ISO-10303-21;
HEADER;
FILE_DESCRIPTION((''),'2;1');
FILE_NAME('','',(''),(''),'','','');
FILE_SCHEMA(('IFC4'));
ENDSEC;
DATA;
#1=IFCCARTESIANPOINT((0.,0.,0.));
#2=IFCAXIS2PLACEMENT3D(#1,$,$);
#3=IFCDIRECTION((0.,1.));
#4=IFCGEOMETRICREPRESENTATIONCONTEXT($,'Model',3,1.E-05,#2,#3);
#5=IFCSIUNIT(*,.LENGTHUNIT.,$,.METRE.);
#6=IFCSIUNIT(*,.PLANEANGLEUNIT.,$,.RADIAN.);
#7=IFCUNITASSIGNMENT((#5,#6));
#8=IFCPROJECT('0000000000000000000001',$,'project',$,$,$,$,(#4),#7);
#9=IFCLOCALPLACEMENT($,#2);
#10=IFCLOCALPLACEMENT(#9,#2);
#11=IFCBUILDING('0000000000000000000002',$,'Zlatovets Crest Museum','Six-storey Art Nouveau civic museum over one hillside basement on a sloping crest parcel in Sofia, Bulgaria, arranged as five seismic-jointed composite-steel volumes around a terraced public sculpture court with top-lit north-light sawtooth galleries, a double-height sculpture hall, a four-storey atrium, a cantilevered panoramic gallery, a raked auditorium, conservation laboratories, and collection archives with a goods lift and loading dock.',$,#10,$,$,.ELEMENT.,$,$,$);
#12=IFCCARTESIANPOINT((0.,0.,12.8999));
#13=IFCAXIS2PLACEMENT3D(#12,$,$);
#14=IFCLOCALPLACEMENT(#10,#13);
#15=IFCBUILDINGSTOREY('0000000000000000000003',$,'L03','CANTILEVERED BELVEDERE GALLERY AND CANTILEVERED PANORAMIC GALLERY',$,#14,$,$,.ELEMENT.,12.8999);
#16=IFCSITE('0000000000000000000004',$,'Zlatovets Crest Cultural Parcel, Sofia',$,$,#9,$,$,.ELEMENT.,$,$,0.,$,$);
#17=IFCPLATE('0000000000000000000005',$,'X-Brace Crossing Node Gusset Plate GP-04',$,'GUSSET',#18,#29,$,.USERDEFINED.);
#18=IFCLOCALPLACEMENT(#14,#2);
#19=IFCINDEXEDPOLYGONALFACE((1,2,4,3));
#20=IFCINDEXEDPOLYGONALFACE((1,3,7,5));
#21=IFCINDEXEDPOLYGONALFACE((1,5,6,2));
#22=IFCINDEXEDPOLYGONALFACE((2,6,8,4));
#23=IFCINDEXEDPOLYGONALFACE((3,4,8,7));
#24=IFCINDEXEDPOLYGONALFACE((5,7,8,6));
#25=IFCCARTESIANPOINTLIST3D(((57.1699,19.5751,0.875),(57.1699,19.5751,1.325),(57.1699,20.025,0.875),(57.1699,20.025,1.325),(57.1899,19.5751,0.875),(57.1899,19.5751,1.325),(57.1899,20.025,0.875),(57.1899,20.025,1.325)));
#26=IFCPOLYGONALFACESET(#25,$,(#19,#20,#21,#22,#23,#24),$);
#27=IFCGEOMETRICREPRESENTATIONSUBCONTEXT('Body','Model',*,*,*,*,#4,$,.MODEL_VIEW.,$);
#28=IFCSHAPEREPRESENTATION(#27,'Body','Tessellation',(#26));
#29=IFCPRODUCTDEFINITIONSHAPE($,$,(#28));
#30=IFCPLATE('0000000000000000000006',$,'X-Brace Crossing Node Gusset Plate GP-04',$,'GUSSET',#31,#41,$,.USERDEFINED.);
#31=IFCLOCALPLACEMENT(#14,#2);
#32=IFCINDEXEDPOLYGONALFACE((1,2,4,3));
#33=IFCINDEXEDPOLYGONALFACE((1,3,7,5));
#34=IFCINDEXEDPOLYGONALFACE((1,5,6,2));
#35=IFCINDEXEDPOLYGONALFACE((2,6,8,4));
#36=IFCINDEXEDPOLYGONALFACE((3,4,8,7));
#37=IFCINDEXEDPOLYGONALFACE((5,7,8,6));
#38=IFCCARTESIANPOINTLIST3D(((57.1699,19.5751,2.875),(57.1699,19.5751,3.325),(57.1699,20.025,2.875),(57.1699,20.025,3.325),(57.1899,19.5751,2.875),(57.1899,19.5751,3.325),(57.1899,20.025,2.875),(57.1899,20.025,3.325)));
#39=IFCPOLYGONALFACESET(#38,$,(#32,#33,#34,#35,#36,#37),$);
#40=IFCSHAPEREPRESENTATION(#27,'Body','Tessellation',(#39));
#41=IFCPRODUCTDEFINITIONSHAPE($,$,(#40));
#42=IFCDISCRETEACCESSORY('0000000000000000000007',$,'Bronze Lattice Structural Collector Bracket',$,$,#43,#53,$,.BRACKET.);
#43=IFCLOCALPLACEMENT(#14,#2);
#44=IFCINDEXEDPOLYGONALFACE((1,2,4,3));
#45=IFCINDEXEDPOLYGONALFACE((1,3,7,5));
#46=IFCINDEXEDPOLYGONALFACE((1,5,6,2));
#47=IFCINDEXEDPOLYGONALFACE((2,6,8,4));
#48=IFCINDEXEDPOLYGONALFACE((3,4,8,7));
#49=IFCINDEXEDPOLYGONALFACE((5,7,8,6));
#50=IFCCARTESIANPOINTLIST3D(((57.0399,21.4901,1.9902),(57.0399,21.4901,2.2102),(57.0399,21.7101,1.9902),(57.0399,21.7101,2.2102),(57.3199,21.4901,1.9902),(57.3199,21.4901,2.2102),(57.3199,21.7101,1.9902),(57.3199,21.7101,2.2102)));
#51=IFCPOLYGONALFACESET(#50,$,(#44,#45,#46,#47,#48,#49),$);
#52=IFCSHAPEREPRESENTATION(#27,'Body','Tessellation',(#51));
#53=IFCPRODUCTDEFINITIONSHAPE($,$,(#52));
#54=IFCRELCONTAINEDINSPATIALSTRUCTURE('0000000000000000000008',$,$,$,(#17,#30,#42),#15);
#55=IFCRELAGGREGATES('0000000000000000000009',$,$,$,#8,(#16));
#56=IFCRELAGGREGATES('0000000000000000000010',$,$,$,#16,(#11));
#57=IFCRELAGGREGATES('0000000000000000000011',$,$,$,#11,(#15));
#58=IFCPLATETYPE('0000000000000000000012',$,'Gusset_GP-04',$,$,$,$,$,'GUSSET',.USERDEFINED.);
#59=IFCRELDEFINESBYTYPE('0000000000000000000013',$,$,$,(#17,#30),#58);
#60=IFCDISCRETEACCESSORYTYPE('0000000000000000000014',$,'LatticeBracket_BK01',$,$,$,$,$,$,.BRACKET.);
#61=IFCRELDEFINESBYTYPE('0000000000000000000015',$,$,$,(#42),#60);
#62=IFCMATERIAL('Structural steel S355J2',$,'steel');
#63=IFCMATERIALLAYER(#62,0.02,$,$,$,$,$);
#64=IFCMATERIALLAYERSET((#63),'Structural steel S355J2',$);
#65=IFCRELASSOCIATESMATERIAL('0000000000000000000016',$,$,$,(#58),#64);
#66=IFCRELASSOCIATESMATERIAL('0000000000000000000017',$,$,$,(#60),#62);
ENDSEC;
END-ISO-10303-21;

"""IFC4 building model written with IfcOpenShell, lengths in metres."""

from ifc_helpers import new_model, si_unit, direction, frame, origin, origin_2d, place, context, subcontext, project, spatial, rectangle, extrude, material, layer, layer_set, type_object, element, save


model = new_model("IFC4")

# Units and contexts
model_context = context("Model", 3, precision=1e-05, world=origin(), true_north=direction((0.0, 1.0)))
body_context = subcontext(model_context, "Body", "Model", "MODEL_VIEW")
ifc_project = project(units=[si_unit("LENGTHUNIT", "METRE"), si_unit("PLANEANGLEUNIT", "RADIAN")], contexts=[model_context])

# Site, building, storey
site_placement = place(None, origin())
site = spatial("IfcSite", under=ifc_project, at=site_placement, Name="Zlatovets Crest Cultural Parcel, Sofia", CompositionType="ELEMENT", RefElevation=0.0)
building_placement = place(site_placement, origin())
building = spatial("IfcBuilding", under=site, at=building_placement, Name="Zlatovets Crest Museum", Description="Six-storey Art Nouveau civic museum over one hillside basement on a sloping crest parcel in Sofia, Bulgaria, arranged as five seismic-jointed composite-steel volumes around a terraced public sculpture court with top-lit north-light sawtooth galleries, a double-height sculpture hall, a four-storey atrium, a cantilevered panoramic gallery, a raked auditorium, conservation laboratories, and collection archives with a goods lift and loading dock.", CompositionType="ELEMENT")
storey_placement = place(building_placement, frame((0.0, 0.0, 12.8999)))
storey = spatial("IfcBuildingStorey", under=building, at=storey_placement, Name="L03", Description="CANTILEVERED BELVEDERE GALLERY AND CANTILEVERED PANORAMIC GALLERY", CompositionType="ELEMENT", Elevation=12.8999)

# Shared definitions
ifc_material_1 = material(Name="Structural steel S355J2", Category="steel")

# Plates
ifc_layer_1 = layer(ifc_material_1, 0.02)
ifc_layer_set_1 = layer_set([ifc_layer_1], Name="Structural steel S355J2")
plate_type_1 = type_object("IfcPlateType", Name="Gusset_GP-04", ElementType="GUSSET", PredefinedType="USERDEFINED", material=ifc_layer_set_1)
for number, where, z_axis, x_axis, name in (
    (1, (57.1799, 19.8, 0.875), (0.0, 0.0, 1.0), (1.0, 0.0, 0.0), "X-Brace Crossing Node Gusset Plate GP-04"),
    (2, (57.1799, 19.8, 2.875), (0.0, 0.0, 1.0), (1.0, 0.0, 0.0), "X-Brace Crossing Node Gusset Plate GP-04"),
):
    element("IfcPlate", number, at=place(storey_placement, frame(where, z_axis=z_axis, x_axis=x_axis)), inside=storey, type_object=plate_type_1, Name=name, ObjectType="GUSSET", PredefinedType="USERDEFINED", context=body_context, shape_type="SweptSolid", body=[
        extrude(rectangle(XDim=0.02, YDim=0.45, at=origin_2d()), origin(), (0.0, 0.0, 1.0), 0.45),
    ])

# Discrete accessory
discrete_accessory_type = type_object("IfcDiscreteAccessoryType", Name="LatticeBracket_BK01", PredefinedType="BRACKET", material=ifc_material_1)
discrete_accessory_placement = place(storey_placement, frame((57.1799, 21.6001, 1.9902), z_axis=(0.0, 0.0, 1.0), x_axis=(1.0, 0.0, 0.0)))
element("IfcDiscreteAccessory", 3, at=discrete_accessory_placement, inside=storey, type_object=discrete_accessory_type, Name="Bronze Lattice Structural Collector Bracket", PredefinedType="BRACKET", context=body_context, shape_type="SweptSolid", body=[
    extrude(rectangle(XDim=0.28, YDim=0.22, at=origin_2d()), origin(), (0.0, 0.0, 1.0), 0.22),
])

save(model, "model.ifc")
